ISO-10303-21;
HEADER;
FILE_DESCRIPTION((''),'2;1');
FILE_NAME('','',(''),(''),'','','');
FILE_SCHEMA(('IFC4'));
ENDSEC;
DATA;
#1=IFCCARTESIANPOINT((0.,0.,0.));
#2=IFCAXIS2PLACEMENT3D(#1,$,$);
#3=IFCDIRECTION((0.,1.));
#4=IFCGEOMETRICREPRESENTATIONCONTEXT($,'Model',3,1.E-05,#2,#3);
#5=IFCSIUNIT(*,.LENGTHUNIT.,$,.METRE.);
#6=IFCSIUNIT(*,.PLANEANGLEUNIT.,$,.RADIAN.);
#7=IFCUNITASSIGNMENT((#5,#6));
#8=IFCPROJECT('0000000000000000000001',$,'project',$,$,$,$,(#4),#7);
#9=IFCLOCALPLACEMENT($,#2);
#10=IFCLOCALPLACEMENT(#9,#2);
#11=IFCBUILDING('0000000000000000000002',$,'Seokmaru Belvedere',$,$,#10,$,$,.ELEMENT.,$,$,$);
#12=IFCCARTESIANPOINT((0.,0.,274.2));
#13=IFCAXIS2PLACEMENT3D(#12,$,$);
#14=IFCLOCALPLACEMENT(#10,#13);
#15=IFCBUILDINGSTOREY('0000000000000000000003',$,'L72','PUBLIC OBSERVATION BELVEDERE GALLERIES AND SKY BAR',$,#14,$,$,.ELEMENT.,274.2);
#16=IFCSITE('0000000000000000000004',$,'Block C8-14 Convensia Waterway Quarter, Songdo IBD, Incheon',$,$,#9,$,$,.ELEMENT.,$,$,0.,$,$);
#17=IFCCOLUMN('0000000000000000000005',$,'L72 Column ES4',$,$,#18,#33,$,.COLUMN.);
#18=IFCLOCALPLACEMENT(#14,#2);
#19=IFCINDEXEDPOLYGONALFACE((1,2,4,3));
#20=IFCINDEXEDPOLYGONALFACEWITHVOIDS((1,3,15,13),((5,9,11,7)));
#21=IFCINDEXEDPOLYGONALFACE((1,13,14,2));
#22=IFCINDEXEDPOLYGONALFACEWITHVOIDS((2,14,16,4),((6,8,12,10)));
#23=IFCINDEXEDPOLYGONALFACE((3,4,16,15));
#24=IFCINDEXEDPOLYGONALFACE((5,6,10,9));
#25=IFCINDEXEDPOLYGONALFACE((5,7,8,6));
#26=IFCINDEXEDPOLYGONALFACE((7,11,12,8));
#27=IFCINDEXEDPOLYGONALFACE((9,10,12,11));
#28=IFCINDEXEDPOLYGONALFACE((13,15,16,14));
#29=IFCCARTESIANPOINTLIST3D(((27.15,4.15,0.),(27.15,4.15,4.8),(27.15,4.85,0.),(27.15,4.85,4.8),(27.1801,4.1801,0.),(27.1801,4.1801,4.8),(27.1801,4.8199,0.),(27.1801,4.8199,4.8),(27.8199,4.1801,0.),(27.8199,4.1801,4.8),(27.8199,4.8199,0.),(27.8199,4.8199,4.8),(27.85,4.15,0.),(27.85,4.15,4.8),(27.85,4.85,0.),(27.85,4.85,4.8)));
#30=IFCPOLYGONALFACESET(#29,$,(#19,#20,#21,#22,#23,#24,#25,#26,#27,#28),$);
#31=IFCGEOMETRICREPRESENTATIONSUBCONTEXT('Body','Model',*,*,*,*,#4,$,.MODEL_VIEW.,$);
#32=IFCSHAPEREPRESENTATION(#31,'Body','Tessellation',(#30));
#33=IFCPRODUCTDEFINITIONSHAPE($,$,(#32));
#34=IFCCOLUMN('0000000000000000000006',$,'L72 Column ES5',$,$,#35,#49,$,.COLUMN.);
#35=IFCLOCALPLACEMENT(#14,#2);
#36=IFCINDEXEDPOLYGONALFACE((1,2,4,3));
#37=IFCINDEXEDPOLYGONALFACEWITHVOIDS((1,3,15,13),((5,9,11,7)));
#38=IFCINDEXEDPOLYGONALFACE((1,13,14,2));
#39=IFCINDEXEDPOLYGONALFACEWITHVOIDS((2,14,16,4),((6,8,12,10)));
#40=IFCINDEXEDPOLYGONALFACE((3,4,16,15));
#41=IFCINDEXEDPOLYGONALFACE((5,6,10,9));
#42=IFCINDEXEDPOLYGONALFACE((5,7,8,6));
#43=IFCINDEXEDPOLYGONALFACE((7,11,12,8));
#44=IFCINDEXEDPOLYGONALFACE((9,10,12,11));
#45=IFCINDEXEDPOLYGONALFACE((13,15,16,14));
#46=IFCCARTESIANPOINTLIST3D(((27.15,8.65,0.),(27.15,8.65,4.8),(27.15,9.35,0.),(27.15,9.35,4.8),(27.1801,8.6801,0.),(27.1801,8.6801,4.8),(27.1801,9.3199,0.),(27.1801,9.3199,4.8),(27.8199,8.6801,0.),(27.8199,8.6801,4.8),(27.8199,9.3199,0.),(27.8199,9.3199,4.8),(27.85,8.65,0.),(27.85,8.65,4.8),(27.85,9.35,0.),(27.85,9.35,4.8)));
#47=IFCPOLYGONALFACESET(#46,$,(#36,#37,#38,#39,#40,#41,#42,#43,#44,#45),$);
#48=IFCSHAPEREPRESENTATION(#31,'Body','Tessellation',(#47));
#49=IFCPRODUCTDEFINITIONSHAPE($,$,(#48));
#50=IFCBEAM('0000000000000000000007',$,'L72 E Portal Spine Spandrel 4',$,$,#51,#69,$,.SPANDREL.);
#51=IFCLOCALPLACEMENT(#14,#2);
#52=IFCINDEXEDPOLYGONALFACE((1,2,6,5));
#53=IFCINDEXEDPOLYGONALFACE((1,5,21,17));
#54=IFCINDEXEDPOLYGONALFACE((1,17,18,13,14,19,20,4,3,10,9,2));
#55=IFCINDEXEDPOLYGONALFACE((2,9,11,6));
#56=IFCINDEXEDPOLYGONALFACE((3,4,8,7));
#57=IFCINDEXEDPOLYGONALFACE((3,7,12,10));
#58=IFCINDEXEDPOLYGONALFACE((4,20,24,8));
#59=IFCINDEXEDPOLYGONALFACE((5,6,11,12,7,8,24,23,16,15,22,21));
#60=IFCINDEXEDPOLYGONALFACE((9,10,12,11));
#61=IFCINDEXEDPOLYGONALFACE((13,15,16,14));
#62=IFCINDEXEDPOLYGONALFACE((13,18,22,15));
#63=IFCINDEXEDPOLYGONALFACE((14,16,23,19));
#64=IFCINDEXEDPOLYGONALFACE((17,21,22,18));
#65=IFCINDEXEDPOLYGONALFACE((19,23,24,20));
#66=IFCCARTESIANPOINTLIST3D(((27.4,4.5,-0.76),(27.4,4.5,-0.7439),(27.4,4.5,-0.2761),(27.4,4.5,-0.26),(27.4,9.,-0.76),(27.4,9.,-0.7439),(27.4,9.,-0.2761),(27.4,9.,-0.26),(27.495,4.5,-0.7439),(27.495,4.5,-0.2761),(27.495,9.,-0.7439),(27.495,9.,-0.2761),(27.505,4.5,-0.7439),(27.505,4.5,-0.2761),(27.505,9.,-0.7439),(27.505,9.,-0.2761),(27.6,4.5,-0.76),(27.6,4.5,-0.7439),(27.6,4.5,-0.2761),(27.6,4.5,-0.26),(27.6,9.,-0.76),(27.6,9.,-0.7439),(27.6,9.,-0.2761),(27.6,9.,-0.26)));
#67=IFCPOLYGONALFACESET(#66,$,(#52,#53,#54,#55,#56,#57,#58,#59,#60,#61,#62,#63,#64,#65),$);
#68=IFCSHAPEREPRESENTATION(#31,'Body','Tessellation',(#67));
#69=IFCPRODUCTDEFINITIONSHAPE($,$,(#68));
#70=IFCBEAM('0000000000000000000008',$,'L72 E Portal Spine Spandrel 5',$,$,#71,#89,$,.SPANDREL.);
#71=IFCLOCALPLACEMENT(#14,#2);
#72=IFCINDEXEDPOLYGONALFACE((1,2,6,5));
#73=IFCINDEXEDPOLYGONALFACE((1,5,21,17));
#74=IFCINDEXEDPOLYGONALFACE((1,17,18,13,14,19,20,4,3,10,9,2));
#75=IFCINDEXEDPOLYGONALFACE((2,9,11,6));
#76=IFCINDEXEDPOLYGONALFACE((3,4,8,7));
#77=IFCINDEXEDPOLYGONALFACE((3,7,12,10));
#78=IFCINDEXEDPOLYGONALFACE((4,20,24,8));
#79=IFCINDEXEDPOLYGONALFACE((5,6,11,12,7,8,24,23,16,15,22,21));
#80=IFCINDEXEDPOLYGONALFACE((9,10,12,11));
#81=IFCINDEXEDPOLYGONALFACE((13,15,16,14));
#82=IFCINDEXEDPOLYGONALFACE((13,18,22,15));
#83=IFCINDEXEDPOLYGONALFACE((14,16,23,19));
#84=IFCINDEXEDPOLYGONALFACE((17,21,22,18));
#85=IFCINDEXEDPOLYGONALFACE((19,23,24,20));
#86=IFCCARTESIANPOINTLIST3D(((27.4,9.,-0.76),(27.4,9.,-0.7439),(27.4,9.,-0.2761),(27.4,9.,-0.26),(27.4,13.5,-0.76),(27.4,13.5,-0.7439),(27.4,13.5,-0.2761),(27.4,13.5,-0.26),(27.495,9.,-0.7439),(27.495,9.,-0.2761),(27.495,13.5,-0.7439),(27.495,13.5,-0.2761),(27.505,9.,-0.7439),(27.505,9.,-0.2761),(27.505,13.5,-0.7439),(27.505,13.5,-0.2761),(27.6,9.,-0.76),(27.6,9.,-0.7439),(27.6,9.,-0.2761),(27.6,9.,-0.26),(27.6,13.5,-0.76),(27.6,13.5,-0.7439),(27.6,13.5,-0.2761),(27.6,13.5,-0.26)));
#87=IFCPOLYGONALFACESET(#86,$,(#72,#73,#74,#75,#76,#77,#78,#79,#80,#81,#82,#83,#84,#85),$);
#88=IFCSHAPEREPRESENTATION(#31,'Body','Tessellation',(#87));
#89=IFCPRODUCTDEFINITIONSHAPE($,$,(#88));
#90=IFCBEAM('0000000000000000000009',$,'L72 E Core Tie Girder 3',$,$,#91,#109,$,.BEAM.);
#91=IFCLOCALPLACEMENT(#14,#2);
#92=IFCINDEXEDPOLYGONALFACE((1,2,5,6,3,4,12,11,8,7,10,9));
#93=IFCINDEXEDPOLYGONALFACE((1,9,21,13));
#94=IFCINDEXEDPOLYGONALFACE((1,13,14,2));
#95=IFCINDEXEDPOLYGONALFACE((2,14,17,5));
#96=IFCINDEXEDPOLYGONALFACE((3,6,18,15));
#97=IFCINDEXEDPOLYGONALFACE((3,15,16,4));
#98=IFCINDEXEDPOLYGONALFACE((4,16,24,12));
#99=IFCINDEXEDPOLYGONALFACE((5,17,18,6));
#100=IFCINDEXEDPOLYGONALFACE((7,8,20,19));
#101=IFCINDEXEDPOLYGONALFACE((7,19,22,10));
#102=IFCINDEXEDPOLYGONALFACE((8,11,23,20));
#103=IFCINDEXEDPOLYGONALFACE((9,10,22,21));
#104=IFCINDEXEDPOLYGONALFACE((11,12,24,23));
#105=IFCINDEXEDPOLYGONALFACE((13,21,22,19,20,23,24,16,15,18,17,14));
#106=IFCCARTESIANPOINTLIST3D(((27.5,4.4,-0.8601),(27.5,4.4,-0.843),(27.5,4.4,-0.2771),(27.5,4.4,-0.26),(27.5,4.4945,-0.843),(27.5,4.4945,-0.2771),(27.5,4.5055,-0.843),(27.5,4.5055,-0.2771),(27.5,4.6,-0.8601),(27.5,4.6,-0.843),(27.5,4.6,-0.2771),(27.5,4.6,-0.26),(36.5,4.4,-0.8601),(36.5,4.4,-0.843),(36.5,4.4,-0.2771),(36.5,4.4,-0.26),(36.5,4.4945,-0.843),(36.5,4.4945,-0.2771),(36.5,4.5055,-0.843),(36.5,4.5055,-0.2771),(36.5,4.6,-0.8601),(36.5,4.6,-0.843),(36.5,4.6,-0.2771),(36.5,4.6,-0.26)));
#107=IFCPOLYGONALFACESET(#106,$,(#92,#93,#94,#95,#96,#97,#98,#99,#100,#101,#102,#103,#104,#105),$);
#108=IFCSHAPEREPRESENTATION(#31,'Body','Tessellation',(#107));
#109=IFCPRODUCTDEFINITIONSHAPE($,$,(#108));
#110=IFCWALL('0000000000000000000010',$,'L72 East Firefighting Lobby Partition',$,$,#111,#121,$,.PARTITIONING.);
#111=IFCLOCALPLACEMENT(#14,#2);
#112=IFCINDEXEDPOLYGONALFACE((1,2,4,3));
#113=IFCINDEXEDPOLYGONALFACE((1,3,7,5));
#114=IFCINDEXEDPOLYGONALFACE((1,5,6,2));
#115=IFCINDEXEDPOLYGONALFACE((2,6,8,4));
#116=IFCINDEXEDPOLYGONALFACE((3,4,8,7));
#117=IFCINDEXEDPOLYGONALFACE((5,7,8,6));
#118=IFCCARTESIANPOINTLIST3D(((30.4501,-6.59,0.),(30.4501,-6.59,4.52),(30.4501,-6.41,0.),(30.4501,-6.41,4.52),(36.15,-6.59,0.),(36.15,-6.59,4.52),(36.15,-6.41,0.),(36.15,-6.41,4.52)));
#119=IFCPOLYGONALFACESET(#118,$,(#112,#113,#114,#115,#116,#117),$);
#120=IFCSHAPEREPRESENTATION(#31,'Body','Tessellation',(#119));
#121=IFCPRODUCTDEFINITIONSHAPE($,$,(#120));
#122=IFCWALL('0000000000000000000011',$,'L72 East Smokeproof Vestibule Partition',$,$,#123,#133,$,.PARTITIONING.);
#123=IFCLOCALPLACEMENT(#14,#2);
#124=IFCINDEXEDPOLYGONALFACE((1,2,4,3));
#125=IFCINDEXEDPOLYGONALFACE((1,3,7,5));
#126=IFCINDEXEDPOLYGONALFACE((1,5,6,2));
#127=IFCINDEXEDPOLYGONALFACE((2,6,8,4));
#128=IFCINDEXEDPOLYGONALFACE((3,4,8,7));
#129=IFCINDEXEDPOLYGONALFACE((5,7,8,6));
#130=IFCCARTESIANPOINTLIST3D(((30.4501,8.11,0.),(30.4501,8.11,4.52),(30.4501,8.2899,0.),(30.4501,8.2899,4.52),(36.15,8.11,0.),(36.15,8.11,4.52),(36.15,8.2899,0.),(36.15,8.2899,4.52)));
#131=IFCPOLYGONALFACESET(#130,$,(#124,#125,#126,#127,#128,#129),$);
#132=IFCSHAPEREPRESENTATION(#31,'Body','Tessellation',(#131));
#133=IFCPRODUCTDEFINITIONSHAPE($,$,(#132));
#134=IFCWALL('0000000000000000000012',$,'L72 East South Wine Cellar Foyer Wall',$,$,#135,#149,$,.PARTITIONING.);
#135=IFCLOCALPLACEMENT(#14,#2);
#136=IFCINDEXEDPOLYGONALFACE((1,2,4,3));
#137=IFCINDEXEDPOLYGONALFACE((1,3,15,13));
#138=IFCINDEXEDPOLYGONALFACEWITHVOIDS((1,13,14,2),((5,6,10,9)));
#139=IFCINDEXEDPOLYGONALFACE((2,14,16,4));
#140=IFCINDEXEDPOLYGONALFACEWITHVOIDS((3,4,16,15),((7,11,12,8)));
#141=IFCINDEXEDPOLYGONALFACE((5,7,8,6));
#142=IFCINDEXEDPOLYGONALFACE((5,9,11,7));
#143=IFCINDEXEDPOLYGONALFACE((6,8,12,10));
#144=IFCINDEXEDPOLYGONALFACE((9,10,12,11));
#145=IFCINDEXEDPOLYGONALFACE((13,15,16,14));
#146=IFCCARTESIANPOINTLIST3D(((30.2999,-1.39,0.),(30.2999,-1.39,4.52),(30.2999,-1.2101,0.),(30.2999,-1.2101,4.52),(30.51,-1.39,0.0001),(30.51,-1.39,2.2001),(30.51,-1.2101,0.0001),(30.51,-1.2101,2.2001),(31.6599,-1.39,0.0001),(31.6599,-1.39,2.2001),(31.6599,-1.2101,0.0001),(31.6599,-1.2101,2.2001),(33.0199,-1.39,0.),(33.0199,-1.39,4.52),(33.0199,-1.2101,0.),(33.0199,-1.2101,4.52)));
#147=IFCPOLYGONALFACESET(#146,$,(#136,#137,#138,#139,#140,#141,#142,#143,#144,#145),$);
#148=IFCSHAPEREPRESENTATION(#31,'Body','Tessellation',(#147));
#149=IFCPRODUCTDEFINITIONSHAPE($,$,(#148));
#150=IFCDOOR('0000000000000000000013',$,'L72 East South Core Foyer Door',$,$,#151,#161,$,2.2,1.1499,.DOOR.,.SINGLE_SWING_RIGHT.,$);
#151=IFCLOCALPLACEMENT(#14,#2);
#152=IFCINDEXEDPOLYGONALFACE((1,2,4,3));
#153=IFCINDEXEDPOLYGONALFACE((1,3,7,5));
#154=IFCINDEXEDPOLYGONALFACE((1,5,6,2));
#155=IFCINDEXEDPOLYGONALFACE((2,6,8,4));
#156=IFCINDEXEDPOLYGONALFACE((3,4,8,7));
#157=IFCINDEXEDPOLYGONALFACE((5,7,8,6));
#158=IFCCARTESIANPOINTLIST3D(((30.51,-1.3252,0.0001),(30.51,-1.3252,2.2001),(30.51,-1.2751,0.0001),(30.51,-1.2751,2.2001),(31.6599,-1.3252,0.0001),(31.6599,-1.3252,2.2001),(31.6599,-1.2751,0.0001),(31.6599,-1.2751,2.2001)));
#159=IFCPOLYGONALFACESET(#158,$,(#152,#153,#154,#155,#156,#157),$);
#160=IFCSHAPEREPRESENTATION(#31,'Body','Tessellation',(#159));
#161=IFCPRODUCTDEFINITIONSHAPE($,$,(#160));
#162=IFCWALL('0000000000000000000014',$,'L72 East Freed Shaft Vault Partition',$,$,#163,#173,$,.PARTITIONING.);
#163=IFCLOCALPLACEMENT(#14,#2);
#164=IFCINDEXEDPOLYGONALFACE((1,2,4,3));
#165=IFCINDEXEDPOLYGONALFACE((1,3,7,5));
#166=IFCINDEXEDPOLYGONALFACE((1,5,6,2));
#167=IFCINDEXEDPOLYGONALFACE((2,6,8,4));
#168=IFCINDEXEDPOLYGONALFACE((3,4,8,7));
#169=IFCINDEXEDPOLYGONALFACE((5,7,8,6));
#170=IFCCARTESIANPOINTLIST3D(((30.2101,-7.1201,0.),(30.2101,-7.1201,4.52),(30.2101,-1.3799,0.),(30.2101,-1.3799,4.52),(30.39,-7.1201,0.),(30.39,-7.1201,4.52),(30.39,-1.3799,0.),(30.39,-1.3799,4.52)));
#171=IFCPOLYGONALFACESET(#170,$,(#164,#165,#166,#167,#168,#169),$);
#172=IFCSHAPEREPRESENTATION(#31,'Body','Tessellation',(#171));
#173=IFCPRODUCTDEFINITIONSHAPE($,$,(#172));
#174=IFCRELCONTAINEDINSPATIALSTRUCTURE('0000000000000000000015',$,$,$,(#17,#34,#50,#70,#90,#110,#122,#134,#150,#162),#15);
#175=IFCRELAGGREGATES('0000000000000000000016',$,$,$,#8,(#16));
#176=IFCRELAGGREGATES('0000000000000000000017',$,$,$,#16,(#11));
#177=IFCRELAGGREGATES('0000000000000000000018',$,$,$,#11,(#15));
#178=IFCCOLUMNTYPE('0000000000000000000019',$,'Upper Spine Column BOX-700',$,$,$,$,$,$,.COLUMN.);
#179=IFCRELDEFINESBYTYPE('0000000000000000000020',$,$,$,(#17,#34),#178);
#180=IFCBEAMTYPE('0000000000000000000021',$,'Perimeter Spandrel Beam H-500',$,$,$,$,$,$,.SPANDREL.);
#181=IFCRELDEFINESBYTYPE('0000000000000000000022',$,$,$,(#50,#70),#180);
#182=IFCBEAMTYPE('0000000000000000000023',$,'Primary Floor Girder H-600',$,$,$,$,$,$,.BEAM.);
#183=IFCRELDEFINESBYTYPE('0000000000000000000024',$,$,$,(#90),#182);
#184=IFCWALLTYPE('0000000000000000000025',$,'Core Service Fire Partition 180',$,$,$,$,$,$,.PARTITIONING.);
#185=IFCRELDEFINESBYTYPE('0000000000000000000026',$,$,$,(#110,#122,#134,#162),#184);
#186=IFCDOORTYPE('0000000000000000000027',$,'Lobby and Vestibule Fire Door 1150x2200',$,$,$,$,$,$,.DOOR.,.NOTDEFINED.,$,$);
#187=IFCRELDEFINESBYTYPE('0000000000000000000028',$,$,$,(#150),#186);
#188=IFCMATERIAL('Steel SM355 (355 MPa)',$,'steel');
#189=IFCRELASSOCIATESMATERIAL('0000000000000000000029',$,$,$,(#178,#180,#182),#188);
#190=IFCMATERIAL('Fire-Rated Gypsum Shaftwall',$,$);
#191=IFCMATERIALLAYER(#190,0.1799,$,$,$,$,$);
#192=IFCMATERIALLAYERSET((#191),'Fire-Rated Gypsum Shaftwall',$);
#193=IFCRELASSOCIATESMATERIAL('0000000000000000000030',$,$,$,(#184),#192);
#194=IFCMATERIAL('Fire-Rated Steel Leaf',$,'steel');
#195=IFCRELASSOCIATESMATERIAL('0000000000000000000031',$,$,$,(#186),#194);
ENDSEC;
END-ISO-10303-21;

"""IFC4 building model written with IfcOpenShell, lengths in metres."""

from ifc_helpers import new_model, si_unit, direction, frame, frame_2d, origin, origin_2d, place, context, subcontext, project, spatial, rectangle, hollow_rectangle, i_section, extrude, source, transform, mapped, material, layer, layer_set, material_profile, profile_set, type_object, type_shapes, element, fill, save


model = new_model("IFC4")

# Units and contexts
model_context = context("Model", 3, precision=1e-05, world=origin(), true_north=direction((0.0, 1.0)))
body_context = subcontext(model_context, "Body", "Model", "MODEL_VIEW")
ifc_project = project(units=[si_unit("LENGTHUNIT", "METRE"), si_unit("PLANEANGLEUNIT", "RADIAN")], contexts=[model_context])

# Site, building, storey
site_placement = place(None, origin())
site = spatial("IfcSite", under=ifc_project, at=site_placement, Name="Block C8-14 Convensia Waterway Quarter, Songdo IBD, Incheon", CompositionType="ELEMENT", RefElevation=0.0)
building_placement = place(site_placement, origin())
building = spatial("IfcBuilding", under=site, at=building_placement, Name="Seokmaru Belvedere", CompositionType="ELEMENT")
storey_placement = place(building_placement, frame((0.0, 0.0, 274.2)))
storey = spatial("IfcBuildingStorey", under=building, at=storey_placement, Name="L72", Description="PUBLIC OBSERVATION BELVEDERE GALLERIES AND SKY BAR", CompositionType="ELEMENT", Elevation=274.2)

# Columns
ifc_material_1 = material(Name="Steel SM355 (355 MPa)", Category="steel")
ifc_material_profile_1 = material_profile(ifc_material_1, hollow_rectangle(XDim=0.7, YDim=0.7, WallThickness=0.03, at=origin_2d()), Name="BOX-700x700x30")
ifc_profile_set_1 = profile_set([ifc_material_profile_1], Name="Steel SM355 (355 MPa)")
column_type = type_object("IfcColumnType", Name="Upper Spine Column BOX-700", PredefinedType="COLUMN", material=ifc_profile_set_1)
shared_shape_1 = source(origin(), body_context, "Body", "SweptSolid", [
    extrude(hollow_rectangle(XDim=0.7, YDim=0.7, WallThickness=0.03, at=origin_2d()), origin(), (0.0, 0.0, 1.0), 4.8),
])
type_shapes(column_type, [shared_shape_1])
for number, where, z_axis, x_axis, name in (
    (1, (27.5, 4.5, 0.0), (0.0, 0.0, 1.0), (1.0, 0.0, 0.0), "L72 Column ES4"),
    (2, (27.5, 9.0, 0.0), (0.0, 0.0, 1.0), (1.0, 0.0, 0.0), "L72 Column ES5"),
):
    element("IfcColumn", number, at=place(storey_placement, frame(where, z_axis=z_axis, x_axis=x_axis)), inside=storey, type_object=column_type, Name=name, PredefinedType="COLUMN", context=body_context, shape_type="MappedRepresentation", body=[
        mapped(shared_shape_1, transform((0.0, 0.0, 0.0), scale=1.0)),
    ])

# Beams
ifc_material_profile_2 = material_profile(ifc_material_1, i_section(OverallWidth=0.2, OverallDepth=0.5, WebThickness=0.01, FlangeThickness=0.0161, at=origin_2d()), Name="H-500x200x10x16")
ifc_profile_set_2 = profile_set([ifc_material_profile_2], Name="Steel SM355 (355 MPa)")
beam_type_1 = type_object("IfcBeamType", Name="Perimeter Spandrel Beam H-500", PredefinedType="SPANDREL", material=ifc_profile_set_2)
shared_shape_2 = source(origin(), body_context, "Body", "SweptSolid", [
    extrude(i_section(OverallWidth=0.2, OverallDepth=0.5, WebThickness=0.01, FlangeThickness=0.0161, at=origin_2d()), origin(), (0.0, 0.0, 1.0), 4.5),
])
type_shapes(beam_type_1, [shared_shape_2])
for number, where, z_axis, x_axis, name in (
    (3, (27.5, 4.5, -0.51), (0.0, 1.0, 0.0), (-1.0, 0.0, 0.0), "L72 E Portal Spine Spandrel 4"),
    (4, (27.5, 9.0, -0.51), (0.0, 1.0, 0.0), (-1.0, 0.0, 0.0), "L72 E Portal Spine Spandrel 5"),
):
    element("IfcBeam", number, at=place(storey_placement, frame(where, z_axis=z_axis, x_axis=x_axis)), inside=storey, type_object=beam_type_1, Name=name, PredefinedType="SPANDREL", context=body_context, shape_type="MappedRepresentation", body=[
        mapped(shared_shape_2, transform((0.0, 0.0, 0.0), scale=1.0)),
    ])
ifc_material_profile_3 = material_profile(ifc_material_1, i_section(OverallWidth=0.2, OverallDepth=0.6001, WebThickness=0.011, FlangeThickness=0.0171, at=origin_2d()), Name="H-600x200x11x17")
ifc_profile_set_3 = profile_set([ifc_material_profile_3], Name="Steel SM355 (355 MPa)")
beam_type_2 = type_object("IfcBeamType", Name="Primary Floor Girder H-600", PredefinedType="BEAM", material=ifc_profile_set_3)
shared_shape_3 = source(origin(), body_context, "Body", "SweptSolid", [
    extrude(i_section(OverallWidth=0.2, OverallDepth=0.6001, WebThickness=0.011, FlangeThickness=0.0171, at=origin_2d()), origin(), (0.0, 0.0, 1.0), 9.0),
])
type_shapes(beam_type_2, [shared_shape_3])
beam_placement = place(storey_placement, frame((27.5, 4.5, -0.5601), z_axis=(1.0, 0.0, 0.0), x_axis=(0.0, 1.0, 0.0)))
element("IfcBeam", 5, at=beam_placement, inside=storey, type_object=beam_type_2, Name="L72 E Core Tie Girder 3", PredefinedType="BEAM", context=body_context, shape_type="MappedRepresentation", body=[
    mapped(shared_shape_3, transform((0.0, 0.0, 0.0), scale=1.0)),
])

# Walls
ifc_material_2 = material(Name="Fire-Rated Gypsum Shaftwall")
ifc_layer_1 = layer(ifc_material_2, 0.1799)
ifc_layer_set_1 = layer_set([ifc_layer_1], Name="Fire-Rated Gypsum Shaftwall")
wall_type_1 = type_object("IfcWallType", Name="Core Service Fire Partition 180", PredefinedType="PARTITIONING", material=ifc_layer_set_1)
for number, where, z_axis, x_axis, name in (
    (6, (30.45, -6.5, 0.0), (0.0, 0.0, 1.0), (1.0, 0.0, 0.0), "L72 East Firefighting Lobby Partition"),
    (7, (30.45, 8.2, 0.0), (0.0, 0.0, 1.0), (1.0, 0.0, 0.0), "L72 East Smokeproof Vestibule Partition"),
):
    element("IfcWall", number, at=place(storey_placement, frame(where, z_axis=z_axis, x_axis=x_axis)), inside=storey, type_object=wall_type_1, Name=name, PredefinedType="PARTITIONING", context=body_context, shape_type="SweptSolid", body=[
        extrude(rectangle(XDim=5.7, YDim=0.1799, at=frame_2d((2.8501, 0.0))), origin(), (0.0, 0.0, 1.0), 4.52),
    ])

# Wall, opening, door
ifc_material_3 = material(Name="Fire-Rated Steel Leaf", Category="steel")
wall_1_placement = place(storey_placement, frame((30.3, -1.3, 0.0), z_axis=(0.0, 0.0, 1.0), x_axis=(1.0, 0.0, 0.0)))
wall_1 = element("IfcWall", 8, at=wall_1_placement, inside=storey, type_object=wall_type_1, Name="L72 East South Wine Cellar Foyer Wall", PredefinedType="PARTITIONING", context=body_context, shape_type="SweptSolid", body=[
    extrude(rectangle(XDim=2.72, YDim=0.1799, at=frame_2d((1.3599, 0.0))), origin(), (0.0, 0.0, 1.0), 4.52),
])
opening_1_placement = place(wall_1_placement, frame((0.21, 0.0, 0.0)))
opening_1 = element("IfcOpeningElement", 9, at=opening_1_placement, cuts=wall_1, PredefinedType="OPENING", context=body_context, shape_type="SweptSolid", body=[
    extrude(rectangle(XDim=1.1499, YDim=2.2, at=frame_2d((0.575, 1.1001))), frame((0.0, 0.1001, 0.0), z_axis=(0.0, -1.0, 0.0), x_axis=(1.0, 0.0, 0.0)), (0.0, 0.0, 1.0), 0.2),
])
door_type_1 = type_object("IfcDoorType", Name="Lobby and Vestibule Fire Door 1150x2200", OperationType="NOTDEFINED", PredefinedType="DOOR", material=ifc_material_3)
shared_shape_4 = source(origin(), body_context, "Body", "SweptSolid", [
    extrude(rectangle(XDim=1.1499, YDim=2.2, at=frame_2d((0.575, 1.1001))), frame((0.0, 0.0249, 0.0), z_axis=(0.0, -1.0, 0.0), x_axis=(1.0, 0.0, 0.0)), (0.0, 0.0, 1.0), 0.05),
])
type_shapes(door_type_1, [shared_shape_4])
door_1_placement = place(opening_1_placement, origin())
door_1 = element("IfcDoor", 10, at=door_1_placement, inside=storey, type_object=door_type_1, Name="L72 East South Core Foyer Door", OperationType="SINGLE_SWING_RIGHT", OverallHeight=2.2, OverallWidth=1.1499, PredefinedType="DOOR", context=body_context, shape_type="MappedRepresentation", body=[
    mapped(shared_shape_4, transform((0.0, 0.0, 0.0), scale=1.0)),
])
fill(opening_1, door_1)

# Wall
wall_2_placement = place(storey_placement, frame((30.3, -7.1201, 0.0), z_axis=(0.0, 0.0, 1.0), x_axis=(0.0, 1.0, 0.0)))
element("IfcWall", 11, at=wall_2_placement, inside=storey, type_object=wall_type_1, Name="L72 East Freed Shaft Vault Partition", PredefinedType="PARTITIONING", context=body_context, shape_type="SweptSolid", body=[
    extrude(rectangle(XDim=5.7402, YDim=0.1799, at=frame_2d((2.8701, 0.0))), origin(), (0.0, 0.0, 1.0), 4.52),
])

save(model, "model.ifc")
